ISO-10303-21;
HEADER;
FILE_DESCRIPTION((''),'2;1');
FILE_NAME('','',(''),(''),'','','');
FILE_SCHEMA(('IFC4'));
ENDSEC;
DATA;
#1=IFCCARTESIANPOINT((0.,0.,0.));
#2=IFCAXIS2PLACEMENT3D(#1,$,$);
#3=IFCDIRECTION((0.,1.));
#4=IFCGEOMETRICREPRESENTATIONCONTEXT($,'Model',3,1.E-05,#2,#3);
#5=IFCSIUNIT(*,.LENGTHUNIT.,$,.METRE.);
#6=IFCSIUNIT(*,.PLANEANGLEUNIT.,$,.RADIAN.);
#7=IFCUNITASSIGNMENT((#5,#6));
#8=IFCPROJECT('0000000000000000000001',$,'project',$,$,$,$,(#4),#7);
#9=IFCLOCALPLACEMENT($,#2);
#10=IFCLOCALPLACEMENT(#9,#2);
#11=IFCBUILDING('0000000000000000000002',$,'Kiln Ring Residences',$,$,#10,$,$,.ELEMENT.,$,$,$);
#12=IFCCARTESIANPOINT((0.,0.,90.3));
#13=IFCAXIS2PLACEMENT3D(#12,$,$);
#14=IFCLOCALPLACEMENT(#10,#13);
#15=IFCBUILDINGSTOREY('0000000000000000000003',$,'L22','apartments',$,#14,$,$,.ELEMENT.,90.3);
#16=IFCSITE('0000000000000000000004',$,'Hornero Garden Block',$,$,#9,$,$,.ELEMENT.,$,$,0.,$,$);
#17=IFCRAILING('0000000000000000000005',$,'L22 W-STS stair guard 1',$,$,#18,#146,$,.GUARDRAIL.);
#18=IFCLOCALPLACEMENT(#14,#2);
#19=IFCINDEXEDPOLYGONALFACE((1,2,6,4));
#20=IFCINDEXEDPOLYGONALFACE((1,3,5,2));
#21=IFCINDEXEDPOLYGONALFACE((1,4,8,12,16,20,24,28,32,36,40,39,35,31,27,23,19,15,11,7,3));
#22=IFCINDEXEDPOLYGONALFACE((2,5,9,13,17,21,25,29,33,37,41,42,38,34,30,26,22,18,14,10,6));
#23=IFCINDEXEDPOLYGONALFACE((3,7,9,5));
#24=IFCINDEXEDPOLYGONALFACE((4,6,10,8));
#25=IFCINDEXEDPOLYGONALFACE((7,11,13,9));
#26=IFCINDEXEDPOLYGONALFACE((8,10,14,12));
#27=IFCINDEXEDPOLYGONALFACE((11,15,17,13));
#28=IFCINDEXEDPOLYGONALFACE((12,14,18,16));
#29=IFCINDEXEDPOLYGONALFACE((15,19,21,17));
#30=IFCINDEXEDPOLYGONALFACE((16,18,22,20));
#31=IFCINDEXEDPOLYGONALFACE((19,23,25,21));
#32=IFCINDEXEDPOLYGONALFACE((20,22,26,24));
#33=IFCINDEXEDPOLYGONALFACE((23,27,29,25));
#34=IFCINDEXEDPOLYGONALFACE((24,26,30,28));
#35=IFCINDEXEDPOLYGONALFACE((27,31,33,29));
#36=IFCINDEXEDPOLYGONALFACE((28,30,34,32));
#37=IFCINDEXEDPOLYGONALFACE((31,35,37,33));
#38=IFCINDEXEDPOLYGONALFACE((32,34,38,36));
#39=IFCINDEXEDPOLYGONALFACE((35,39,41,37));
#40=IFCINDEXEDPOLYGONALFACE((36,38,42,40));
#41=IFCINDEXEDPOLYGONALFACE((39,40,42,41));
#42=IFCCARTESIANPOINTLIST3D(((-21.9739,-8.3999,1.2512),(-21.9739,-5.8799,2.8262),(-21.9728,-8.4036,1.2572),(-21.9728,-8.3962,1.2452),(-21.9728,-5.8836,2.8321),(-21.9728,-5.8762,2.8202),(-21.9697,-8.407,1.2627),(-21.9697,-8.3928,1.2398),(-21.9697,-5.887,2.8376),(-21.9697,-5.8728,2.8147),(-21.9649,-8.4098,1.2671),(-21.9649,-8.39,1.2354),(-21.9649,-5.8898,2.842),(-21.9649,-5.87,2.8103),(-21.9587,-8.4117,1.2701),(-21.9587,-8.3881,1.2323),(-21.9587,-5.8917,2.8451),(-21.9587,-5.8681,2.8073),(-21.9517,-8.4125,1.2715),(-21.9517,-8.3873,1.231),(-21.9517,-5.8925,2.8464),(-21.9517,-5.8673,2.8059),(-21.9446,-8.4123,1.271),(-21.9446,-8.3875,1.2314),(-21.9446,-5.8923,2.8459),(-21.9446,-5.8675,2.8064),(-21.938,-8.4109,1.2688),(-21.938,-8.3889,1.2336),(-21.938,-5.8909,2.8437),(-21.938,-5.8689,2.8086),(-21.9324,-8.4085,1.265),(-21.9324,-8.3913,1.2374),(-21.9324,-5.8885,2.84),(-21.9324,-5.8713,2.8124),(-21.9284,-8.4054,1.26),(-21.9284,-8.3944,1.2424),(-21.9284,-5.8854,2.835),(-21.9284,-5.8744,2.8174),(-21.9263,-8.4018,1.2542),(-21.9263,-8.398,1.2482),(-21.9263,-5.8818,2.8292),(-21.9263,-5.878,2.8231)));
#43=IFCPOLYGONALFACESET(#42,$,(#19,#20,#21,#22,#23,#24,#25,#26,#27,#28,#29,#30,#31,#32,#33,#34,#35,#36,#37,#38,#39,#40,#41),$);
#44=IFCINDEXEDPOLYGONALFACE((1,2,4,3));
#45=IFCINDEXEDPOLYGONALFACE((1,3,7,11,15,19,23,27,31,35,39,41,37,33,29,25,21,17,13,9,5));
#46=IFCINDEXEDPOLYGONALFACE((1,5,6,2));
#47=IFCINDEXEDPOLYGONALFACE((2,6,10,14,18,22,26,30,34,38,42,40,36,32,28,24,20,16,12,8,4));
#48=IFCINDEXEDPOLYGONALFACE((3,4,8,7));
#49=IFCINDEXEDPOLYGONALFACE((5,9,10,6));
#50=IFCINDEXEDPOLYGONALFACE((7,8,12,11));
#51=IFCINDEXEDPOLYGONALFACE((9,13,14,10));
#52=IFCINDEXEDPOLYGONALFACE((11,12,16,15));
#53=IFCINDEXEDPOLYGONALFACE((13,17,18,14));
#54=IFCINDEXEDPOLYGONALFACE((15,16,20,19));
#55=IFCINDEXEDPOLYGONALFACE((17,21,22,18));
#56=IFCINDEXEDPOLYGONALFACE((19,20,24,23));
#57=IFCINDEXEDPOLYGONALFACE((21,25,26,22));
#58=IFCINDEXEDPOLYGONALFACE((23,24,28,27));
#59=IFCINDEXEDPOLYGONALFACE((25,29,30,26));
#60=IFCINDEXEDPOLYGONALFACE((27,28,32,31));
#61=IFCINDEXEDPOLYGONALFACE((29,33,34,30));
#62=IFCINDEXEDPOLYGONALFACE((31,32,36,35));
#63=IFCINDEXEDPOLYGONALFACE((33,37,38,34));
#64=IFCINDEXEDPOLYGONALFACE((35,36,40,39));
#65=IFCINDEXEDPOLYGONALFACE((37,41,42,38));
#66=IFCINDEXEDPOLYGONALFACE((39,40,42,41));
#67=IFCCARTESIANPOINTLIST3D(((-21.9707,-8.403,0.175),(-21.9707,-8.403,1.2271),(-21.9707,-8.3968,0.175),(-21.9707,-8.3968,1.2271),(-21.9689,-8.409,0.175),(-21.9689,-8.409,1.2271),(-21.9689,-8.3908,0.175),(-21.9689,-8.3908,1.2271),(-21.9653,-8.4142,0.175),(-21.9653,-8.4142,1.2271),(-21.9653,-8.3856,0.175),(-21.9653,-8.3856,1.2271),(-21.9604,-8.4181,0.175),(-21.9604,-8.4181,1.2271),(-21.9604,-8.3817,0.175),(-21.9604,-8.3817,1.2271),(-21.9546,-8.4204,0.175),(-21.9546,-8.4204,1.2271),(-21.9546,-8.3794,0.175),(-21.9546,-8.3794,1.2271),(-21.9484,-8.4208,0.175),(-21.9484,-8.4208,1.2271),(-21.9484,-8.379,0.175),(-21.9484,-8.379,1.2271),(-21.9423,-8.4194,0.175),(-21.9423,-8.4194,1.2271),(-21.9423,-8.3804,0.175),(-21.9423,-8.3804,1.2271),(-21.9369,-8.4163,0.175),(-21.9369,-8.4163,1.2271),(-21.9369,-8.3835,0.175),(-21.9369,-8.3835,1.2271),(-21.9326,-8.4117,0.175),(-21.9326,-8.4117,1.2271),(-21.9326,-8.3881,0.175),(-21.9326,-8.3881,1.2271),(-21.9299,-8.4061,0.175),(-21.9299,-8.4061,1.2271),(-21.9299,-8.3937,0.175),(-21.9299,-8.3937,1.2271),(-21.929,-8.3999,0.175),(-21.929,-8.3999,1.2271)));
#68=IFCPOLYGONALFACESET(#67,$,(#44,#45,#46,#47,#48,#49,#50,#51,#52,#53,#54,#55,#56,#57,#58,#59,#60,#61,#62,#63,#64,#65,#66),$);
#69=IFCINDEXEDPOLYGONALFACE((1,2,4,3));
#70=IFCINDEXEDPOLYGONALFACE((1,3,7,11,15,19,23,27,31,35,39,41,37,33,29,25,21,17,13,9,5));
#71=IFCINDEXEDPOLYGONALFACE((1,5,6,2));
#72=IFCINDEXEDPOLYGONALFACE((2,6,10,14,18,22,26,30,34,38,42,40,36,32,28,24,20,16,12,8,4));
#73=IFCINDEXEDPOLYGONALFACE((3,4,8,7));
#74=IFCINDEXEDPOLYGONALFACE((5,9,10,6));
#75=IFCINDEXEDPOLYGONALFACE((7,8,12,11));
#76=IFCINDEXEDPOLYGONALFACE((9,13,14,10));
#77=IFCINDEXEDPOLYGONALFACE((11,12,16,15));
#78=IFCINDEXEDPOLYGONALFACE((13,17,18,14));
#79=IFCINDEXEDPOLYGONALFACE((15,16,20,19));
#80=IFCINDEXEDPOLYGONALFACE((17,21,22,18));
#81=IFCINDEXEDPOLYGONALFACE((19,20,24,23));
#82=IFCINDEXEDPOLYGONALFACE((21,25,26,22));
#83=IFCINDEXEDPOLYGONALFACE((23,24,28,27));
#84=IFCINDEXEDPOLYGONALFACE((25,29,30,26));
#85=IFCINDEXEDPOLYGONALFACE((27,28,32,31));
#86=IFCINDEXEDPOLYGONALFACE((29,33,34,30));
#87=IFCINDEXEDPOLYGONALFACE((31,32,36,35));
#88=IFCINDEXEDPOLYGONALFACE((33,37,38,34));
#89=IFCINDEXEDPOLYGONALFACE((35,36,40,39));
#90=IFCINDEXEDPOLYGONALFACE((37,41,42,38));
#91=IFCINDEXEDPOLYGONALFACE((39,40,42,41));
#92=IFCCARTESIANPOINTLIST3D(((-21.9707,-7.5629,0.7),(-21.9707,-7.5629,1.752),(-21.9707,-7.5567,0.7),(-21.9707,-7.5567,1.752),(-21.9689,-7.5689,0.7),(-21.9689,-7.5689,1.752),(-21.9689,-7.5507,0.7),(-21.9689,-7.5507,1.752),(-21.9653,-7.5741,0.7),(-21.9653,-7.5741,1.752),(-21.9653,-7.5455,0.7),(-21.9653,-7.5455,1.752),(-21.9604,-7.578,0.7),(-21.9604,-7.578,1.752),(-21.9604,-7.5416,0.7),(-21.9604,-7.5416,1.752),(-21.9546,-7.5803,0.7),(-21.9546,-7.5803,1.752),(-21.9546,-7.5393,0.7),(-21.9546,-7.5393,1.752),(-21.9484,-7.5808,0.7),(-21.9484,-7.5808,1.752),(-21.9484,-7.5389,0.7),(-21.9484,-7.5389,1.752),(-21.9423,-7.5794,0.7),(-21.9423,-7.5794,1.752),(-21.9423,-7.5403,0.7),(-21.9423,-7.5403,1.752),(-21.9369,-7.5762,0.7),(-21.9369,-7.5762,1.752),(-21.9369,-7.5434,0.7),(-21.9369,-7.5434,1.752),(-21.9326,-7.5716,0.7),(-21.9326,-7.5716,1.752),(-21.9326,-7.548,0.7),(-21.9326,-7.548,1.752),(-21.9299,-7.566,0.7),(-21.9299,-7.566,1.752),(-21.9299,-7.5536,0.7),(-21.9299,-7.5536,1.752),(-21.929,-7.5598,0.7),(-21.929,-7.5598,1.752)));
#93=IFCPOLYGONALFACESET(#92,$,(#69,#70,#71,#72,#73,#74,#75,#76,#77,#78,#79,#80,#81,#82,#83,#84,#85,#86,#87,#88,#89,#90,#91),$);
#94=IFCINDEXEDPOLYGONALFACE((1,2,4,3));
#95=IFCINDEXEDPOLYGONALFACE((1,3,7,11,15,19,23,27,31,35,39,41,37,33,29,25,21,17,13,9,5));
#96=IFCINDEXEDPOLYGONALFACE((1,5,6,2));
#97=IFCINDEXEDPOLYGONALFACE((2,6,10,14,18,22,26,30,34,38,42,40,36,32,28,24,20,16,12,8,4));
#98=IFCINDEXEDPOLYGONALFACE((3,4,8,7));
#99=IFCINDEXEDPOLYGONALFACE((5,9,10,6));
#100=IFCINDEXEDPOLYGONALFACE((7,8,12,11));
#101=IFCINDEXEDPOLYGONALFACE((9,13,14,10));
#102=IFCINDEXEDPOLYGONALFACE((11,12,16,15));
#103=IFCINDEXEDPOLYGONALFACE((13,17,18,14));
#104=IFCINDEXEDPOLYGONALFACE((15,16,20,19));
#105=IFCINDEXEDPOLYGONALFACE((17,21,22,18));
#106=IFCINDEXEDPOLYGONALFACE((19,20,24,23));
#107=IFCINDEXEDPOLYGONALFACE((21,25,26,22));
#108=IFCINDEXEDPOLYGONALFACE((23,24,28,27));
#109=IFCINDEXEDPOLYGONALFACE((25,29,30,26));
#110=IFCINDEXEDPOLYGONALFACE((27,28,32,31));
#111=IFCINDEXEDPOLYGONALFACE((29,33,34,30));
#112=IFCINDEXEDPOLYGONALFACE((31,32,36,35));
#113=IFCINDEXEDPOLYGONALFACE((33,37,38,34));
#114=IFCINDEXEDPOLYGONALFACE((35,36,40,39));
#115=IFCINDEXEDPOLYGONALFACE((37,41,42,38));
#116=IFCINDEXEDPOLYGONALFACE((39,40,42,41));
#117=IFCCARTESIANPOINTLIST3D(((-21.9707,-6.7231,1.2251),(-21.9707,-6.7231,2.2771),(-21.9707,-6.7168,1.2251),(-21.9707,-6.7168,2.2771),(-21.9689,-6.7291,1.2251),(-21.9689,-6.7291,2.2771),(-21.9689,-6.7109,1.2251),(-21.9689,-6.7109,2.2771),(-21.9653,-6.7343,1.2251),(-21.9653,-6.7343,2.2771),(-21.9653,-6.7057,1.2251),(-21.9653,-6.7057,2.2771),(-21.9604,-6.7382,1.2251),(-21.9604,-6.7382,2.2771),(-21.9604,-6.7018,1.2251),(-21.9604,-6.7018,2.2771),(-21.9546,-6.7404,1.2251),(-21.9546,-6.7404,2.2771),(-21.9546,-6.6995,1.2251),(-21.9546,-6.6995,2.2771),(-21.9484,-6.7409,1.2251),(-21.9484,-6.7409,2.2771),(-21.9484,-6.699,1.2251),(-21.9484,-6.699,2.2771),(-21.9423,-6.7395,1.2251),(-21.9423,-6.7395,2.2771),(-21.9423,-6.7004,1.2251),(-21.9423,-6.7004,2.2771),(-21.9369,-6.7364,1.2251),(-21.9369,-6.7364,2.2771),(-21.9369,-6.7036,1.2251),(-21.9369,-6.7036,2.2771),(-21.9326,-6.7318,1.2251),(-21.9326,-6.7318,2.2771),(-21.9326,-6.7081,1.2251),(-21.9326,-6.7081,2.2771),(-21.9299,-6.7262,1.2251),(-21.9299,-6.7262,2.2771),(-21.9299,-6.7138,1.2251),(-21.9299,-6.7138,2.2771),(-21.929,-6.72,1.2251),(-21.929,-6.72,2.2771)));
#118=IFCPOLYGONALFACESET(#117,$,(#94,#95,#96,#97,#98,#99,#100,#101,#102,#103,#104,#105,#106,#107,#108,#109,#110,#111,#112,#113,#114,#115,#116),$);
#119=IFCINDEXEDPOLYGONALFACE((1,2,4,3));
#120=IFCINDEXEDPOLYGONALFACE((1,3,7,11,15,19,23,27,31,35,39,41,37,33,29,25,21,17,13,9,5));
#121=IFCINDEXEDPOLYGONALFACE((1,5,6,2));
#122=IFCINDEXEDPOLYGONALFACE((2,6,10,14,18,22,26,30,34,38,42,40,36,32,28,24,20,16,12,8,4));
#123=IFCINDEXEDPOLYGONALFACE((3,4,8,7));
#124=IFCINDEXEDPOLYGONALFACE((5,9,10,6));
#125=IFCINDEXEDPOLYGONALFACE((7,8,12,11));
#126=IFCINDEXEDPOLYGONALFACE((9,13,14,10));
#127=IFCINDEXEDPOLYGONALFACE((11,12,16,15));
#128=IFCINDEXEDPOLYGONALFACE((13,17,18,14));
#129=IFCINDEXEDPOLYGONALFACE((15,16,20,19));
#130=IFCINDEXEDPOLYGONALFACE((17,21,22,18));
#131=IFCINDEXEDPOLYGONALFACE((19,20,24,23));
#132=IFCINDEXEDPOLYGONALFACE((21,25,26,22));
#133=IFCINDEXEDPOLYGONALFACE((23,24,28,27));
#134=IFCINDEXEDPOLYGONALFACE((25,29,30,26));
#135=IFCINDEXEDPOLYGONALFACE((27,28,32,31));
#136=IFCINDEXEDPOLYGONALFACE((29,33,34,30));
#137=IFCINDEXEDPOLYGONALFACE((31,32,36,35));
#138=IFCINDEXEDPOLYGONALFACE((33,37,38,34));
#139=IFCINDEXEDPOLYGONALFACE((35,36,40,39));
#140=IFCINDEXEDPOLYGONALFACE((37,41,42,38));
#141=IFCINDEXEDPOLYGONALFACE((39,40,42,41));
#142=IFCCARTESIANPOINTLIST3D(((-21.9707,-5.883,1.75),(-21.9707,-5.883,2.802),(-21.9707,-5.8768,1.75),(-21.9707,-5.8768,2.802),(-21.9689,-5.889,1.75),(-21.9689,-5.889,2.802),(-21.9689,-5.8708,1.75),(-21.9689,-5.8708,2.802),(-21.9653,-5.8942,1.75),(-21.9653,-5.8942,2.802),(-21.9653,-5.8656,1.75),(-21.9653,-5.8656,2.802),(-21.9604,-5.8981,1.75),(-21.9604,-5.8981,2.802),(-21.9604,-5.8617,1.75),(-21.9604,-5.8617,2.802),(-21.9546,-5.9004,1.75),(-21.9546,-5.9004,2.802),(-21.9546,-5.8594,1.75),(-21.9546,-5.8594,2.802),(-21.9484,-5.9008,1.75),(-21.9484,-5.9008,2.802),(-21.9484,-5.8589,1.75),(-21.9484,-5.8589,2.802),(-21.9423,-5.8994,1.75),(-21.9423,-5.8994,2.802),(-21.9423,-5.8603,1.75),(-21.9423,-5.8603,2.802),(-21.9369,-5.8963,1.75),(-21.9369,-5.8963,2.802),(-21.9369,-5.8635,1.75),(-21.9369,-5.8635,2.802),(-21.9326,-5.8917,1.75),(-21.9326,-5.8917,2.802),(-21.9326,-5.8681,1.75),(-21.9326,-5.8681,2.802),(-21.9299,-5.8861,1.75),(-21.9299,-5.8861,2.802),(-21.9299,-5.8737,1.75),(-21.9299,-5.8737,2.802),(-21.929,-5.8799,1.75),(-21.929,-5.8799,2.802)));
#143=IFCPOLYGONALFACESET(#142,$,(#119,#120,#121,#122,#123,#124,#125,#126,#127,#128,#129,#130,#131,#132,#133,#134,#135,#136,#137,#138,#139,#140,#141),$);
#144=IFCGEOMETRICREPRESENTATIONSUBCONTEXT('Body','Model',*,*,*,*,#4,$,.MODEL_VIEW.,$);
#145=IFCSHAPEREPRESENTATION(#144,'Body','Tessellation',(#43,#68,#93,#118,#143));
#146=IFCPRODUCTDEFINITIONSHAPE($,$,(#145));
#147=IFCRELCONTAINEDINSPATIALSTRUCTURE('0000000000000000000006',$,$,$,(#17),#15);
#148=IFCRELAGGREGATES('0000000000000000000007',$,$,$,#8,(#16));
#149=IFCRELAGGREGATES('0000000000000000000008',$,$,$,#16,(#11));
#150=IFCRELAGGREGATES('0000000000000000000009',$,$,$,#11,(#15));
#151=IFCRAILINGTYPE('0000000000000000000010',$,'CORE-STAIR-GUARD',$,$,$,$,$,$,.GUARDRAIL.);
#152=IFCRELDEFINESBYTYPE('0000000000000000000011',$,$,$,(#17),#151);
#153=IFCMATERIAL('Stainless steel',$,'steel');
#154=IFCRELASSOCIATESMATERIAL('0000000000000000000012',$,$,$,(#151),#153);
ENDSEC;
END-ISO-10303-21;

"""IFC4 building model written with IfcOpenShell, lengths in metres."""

from ifc_helpers import new_model, si_unit, direction, frame, origin, origin_2d, place, context, subcontext, project, spatial, circle, extrude, material, type_object, element, save


model = new_model("IFC4")

# Units and contexts
model_context = context("Model", 3, precision=1e-05, world=origin(), true_north=direction((0.0, 1.0)))
body_context = subcontext(model_context, "Body", "Model", "MODEL_VIEW")
ifc_project = project(units=[si_unit("LENGTHUNIT", "METRE"), si_unit("PLANEANGLEUNIT", "RADIAN")], contexts=[model_context])

# Site, building, storey
site_placement = place(None, origin())
site = spatial("IfcSite", under=ifc_project, at=site_placement, Name="Hornero Garden Block", CompositionType="ELEMENT", RefElevation=0.0)
building_placement = place(site_placement, origin())
building = spatial("IfcBuilding", under=site, at=building_placement, Name="Kiln Ring Residences", CompositionType="ELEMENT")
storey_placement = place(building_placement, frame((0.0, 0.0, 90.3)))
storey = spatial("IfcBuildingStorey", under=building, at=storey_placement, Name="L22", Description="apartments", CompositionType="ELEMENT", Elevation=90.3)

# Railing
ifc_material_1 = material(Name="Stainless steel", Category="steel")
railing_type_1 = type_object("IfcRailingType", Name="CORE-STAIR-GUARD", PredefinedType="GUARDRAIL", material=ifc_material_1)
railing_1_placement = place(storey_placement, frame((-21.95, -8.3999, 0.175)))
element("IfcRailing", 1, at=railing_1_placement, inside=storey, type_object=railing_type_1, Name="L22 W-STS stair guard 1", PredefinedType="GUARDRAIL", context=body_context, shape_type="SweptSolid", body=[
    extrude(circle(Radius=0.0239, at=origin_2d()), frame((0.0, 0.0, 1.0762), z_axis=(0.0, 0.848008, 0.529984), x_axis=(-1.0, 0.0, 0.0)), (0.0, 0.0, 1.0), 2.9717),
    extrude(circle(Radius=0.021, at=origin_2d()), origin(), (0.0, 0.0, 1.0), 1.052),
    extrude(circle(Radius=0.021, at=origin_2d()), frame((0.0, 0.8401, 0.5249)), (0.0, 0.0, 1.0), 1.052),
    extrude(circle(Radius=0.021, at=origin_2d()), frame((0.0, 1.6799, 1.05)), (0.0, 0.0, 1.0), 1.052),
    extrude(circle(Radius=0.021, at=origin_2d()), frame((0.0, 2.52, 1.575)), (0.0, 0.0, 1.0), 1.052),
])

save(model, "model.ifc")
